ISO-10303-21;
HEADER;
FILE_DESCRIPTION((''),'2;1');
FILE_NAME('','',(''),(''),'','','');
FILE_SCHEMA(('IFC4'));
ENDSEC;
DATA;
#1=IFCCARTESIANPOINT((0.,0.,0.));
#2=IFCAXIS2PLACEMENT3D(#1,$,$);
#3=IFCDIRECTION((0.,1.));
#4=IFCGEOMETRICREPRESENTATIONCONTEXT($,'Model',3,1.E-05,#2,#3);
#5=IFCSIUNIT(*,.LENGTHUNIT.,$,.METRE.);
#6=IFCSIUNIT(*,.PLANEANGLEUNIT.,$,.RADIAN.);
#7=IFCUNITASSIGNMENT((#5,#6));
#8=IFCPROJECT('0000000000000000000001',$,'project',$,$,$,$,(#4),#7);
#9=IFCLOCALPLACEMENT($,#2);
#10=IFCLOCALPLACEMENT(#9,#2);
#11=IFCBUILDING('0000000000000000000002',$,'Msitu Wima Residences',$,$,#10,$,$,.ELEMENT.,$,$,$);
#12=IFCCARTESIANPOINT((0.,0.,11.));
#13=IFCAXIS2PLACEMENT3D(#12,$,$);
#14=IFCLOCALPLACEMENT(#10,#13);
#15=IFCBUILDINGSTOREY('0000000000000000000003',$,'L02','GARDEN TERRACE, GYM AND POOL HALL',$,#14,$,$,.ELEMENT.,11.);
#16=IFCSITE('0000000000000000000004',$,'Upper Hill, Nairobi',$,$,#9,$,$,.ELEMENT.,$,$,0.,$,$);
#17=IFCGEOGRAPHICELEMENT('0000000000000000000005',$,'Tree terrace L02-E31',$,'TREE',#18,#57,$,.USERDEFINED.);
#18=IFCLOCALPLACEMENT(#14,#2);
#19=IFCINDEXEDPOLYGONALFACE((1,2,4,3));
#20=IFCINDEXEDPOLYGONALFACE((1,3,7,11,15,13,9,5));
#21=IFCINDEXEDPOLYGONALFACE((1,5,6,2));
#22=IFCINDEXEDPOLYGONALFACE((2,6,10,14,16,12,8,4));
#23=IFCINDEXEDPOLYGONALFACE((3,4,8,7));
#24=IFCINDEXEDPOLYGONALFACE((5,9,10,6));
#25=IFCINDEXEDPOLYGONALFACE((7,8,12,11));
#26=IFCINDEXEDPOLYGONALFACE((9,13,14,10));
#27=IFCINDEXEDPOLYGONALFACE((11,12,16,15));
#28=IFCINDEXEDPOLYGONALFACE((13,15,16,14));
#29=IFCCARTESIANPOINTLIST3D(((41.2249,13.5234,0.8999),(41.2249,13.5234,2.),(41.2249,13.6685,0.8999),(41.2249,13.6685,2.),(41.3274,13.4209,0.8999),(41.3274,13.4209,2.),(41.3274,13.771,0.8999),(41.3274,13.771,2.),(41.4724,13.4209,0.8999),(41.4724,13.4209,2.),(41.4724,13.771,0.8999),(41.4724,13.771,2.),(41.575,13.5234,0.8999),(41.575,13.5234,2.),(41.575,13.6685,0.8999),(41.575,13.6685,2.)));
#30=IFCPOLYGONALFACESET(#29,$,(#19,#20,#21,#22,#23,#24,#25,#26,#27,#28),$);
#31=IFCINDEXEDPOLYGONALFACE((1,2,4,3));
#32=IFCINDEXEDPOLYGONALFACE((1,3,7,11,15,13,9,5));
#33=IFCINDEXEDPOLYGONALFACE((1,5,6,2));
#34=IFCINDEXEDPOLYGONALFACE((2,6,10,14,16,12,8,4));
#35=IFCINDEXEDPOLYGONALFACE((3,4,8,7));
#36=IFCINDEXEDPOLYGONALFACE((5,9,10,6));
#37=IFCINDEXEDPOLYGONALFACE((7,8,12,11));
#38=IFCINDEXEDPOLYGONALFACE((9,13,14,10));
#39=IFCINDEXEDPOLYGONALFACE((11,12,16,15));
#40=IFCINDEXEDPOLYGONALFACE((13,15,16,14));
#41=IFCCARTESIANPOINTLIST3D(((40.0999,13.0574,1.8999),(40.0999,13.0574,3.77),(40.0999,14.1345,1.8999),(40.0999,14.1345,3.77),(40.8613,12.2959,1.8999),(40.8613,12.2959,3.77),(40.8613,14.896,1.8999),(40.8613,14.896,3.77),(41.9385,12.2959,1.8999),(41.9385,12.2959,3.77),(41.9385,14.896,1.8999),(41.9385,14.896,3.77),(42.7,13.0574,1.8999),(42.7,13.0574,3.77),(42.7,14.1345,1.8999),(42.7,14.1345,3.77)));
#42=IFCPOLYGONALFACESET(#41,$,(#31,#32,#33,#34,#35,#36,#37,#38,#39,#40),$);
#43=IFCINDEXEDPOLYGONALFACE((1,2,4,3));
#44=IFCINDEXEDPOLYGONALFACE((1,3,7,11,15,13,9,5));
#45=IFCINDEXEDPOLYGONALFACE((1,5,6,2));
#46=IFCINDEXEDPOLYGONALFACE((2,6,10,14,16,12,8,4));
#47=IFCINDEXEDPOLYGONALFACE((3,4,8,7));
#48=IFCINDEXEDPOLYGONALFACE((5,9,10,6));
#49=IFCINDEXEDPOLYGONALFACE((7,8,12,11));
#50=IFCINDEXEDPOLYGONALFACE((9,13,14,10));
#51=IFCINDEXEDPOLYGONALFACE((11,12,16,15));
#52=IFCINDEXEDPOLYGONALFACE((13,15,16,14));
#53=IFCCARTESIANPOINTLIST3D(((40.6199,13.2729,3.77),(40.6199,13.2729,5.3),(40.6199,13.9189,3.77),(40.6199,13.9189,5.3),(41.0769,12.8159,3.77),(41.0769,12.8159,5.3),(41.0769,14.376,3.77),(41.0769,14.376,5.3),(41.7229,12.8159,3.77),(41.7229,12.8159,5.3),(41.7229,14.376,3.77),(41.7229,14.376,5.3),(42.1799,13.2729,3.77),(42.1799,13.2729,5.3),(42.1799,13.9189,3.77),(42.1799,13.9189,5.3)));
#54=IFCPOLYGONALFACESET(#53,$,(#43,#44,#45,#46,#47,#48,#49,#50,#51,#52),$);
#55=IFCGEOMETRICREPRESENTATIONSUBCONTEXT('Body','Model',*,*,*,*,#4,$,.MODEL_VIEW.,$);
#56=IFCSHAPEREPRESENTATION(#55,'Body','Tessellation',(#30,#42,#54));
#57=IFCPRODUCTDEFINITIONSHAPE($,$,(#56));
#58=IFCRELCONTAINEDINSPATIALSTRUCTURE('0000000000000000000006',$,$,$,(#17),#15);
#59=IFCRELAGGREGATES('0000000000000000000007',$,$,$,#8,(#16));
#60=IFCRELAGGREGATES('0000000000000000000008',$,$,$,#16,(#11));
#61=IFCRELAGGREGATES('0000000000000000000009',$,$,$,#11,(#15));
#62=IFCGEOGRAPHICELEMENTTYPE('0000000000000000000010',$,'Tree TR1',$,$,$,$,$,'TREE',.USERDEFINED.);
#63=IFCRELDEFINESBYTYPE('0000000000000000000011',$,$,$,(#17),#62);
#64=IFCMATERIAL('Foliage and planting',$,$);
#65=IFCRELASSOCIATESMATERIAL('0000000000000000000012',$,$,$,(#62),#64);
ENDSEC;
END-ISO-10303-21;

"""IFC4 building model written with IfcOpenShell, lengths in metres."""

from ifc_helpers import new_model, si_unit, direction, frame, origin, place, context, subcontext, project, spatial, polyline, outline, extrude, material, type_object, element, save


model = new_model("IFC4")

# Units and contexts
model_context = context("Model", 3, precision=1e-05, world=origin(), true_north=direction((0.0, 1.0)))
body_context = subcontext(model_context, "Body", "Model", "MODEL_VIEW")
ifc_project = project(units=[si_unit("LENGTHUNIT", "METRE"), si_unit("PLANEANGLEUNIT", "RADIAN")], contexts=[model_context])

# Site, building, storey
site_placement = place(None, origin())
site = spatial("IfcSite", under=ifc_project, at=site_placement, Name="Upper Hill, Nairobi", CompositionType="ELEMENT", RefElevation=0.0)
building_placement = place(site_placement, origin())
building = spatial("IfcBuilding", under=site, at=building_placement, Name="Msitu Wima Residences", CompositionType="ELEMENT")
storey_placement = place(building_placement, frame((0.0, 0.0, 11.0)))
storey = spatial("IfcBuildingStorey", under=building, at=storey_placement, Name="L02", Description="GARDEN TERRACE, GYM AND POOL HALL", CompositionType="ELEMENT", Elevation=11.0)

# Geographic element
ifc_material_1 = material(Name="Foliage and planting")
geographic_element_type = type_object("IfcGeographicElementType", Name="Tree TR1", ElementType="TREE", PredefinedType="USERDEFINED", material=ifc_material_1)
for number, where, z_axis, x_axis, name in (
    (1, (41.3999, 13.5959, 0.8999), (0.0, 0.0, 1.0), (1.0, 0.0, 0.0), "Tree terrace L02-E31"),
):
    element("IfcGeographicElement", number, at=place(storey_placement, frame(where, z_axis=z_axis, x_axis=x_axis)), inside=storey, type_object=geographic_element_type, Name=name, ObjectType="TREE", PredefinedType="USERDEFINED", context=body_context, shape_type="SweptSolid", body=[
        extrude(outline(polyline([(0.175, 0.0725), (0.0725, 0.175), (-0.0725, 0.175), (-0.175, 0.0725), (-0.175, -0.0725), (-0.0725, -0.175), (0.0725, -0.175), (0.175, -0.0725), (0.175, 0.0725)])), origin(), (0.0, 0.0, 1.0), 1.1001),
        extrude(outline(polyline([(1.3, 0.5386), (0.5386, 1.3), (-0.5386, 1.3), (-1.3, 0.5386), (-1.3, -0.5386), (-0.5386, -1.3), (0.5386, -1.3), (1.3, -0.5386), (1.3, 0.5386)])), frame((0.0, 0.0, 1.0)), (0.0, 0.0, 1.0), 1.8701),
        extrude(outline(polyline([(0.78, 0.323), (0.323, 0.78), (-0.323, 0.78), (-0.78, 0.323), (-0.78, -0.323), (-0.323, -0.78), (0.323, -0.78), (0.78, -0.323), (0.78, 0.323)])), frame((0.0, 0.0, 2.8701)), (0.0, 0.0, 1.0), 1.53),
    ])

save(model, "model.ifc")
